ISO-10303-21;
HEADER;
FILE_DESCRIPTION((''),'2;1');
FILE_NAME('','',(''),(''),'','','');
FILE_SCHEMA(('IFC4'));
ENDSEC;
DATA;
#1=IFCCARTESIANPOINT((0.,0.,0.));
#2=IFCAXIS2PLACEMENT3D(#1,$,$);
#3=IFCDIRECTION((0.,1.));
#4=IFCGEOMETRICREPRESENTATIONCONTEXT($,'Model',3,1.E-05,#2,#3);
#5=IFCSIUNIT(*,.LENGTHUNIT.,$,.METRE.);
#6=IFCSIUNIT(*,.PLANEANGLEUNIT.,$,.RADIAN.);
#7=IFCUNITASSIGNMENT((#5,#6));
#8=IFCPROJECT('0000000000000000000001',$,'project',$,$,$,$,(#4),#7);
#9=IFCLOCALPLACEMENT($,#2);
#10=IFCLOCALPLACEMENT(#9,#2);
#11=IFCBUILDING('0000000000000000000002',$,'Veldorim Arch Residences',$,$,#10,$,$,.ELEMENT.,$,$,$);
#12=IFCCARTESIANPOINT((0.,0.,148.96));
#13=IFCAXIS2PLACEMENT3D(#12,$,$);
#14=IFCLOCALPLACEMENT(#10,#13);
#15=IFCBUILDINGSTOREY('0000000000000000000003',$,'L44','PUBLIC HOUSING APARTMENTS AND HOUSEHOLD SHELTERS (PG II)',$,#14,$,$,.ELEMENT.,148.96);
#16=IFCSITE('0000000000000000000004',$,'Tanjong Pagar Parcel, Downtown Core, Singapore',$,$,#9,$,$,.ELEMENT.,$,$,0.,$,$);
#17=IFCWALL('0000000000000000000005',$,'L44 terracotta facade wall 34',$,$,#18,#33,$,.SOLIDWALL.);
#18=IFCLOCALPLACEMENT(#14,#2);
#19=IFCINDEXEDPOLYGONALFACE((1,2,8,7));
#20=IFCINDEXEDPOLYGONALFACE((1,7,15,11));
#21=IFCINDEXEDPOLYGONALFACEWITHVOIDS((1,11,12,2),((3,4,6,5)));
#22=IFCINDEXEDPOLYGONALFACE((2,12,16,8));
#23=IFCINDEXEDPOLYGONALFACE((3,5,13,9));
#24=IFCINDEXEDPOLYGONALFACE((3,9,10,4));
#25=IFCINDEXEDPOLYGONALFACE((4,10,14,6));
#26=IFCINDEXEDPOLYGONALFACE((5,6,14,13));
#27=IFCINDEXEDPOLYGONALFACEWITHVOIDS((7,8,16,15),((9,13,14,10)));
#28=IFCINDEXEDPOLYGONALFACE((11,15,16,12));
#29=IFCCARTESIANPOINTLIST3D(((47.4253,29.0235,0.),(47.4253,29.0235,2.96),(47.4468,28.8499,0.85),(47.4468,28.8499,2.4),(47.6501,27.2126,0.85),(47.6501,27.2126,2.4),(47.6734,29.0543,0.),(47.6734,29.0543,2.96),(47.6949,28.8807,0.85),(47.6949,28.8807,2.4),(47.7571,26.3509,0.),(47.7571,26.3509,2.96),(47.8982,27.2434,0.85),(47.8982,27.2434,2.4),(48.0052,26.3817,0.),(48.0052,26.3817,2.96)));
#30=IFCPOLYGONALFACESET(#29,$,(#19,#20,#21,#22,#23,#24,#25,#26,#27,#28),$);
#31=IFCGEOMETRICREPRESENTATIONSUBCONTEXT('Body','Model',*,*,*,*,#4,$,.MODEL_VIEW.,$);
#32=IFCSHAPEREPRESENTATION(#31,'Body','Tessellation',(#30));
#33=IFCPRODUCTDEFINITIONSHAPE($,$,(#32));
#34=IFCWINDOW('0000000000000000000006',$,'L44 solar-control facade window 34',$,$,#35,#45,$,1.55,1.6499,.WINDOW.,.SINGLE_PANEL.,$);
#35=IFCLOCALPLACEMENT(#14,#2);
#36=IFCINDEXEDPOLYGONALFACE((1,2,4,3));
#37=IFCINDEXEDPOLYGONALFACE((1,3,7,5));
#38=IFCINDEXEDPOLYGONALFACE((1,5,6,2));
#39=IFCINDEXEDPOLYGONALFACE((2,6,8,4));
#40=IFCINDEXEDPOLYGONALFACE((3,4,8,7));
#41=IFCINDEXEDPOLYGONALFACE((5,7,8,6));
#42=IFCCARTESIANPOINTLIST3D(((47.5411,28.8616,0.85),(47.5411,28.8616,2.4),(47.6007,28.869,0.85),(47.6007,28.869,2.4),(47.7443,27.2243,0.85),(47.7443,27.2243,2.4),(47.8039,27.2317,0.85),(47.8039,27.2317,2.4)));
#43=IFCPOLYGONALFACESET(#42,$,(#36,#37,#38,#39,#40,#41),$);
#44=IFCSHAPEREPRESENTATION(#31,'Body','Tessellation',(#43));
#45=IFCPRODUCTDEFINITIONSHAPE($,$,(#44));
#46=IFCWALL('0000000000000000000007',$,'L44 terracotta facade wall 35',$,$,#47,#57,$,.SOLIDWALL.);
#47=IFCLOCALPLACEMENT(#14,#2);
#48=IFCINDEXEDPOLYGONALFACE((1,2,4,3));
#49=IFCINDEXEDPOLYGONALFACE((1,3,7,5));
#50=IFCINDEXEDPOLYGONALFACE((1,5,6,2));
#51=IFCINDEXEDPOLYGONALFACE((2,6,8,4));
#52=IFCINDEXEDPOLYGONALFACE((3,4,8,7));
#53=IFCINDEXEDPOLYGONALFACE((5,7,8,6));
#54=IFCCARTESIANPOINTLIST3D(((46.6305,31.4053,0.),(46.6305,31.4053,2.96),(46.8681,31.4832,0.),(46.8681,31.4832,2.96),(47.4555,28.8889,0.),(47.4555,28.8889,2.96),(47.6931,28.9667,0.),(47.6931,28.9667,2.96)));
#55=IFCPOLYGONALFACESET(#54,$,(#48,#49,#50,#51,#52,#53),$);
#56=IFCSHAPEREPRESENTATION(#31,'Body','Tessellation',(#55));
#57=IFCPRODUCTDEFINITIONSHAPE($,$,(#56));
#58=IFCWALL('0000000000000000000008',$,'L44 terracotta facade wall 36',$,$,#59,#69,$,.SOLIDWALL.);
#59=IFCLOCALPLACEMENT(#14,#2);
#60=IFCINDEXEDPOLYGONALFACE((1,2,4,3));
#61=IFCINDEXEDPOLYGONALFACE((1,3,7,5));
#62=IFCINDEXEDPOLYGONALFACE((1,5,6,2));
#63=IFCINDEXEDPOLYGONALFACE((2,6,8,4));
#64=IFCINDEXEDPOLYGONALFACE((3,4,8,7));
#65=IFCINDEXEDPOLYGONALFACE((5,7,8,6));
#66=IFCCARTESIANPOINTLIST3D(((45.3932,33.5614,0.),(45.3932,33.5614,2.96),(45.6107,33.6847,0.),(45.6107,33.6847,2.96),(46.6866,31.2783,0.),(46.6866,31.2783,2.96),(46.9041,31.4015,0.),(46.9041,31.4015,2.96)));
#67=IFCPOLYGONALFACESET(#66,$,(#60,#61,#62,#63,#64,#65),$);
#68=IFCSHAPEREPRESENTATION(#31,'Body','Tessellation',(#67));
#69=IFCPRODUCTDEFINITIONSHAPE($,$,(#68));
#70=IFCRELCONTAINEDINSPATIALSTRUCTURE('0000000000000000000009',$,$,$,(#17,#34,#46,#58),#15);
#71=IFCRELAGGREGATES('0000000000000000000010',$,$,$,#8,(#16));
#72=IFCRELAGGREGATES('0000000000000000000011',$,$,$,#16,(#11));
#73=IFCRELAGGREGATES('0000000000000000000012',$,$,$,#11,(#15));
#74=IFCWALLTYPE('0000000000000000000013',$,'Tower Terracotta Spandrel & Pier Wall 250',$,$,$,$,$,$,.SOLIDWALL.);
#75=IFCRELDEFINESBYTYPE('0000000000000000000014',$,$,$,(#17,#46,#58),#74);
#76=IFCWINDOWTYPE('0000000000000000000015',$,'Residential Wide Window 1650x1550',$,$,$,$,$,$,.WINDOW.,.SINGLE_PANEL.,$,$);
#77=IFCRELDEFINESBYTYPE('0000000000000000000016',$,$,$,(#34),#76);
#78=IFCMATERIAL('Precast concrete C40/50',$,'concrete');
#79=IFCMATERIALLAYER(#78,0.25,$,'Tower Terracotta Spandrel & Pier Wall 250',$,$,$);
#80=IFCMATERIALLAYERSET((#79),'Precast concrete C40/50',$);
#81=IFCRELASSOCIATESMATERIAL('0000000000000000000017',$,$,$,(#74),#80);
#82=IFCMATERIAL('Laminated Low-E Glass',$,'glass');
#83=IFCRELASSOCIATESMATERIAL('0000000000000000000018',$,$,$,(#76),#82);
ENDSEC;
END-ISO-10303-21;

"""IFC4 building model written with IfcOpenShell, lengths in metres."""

from ifc_helpers import new_model, si_unit, direction, frame, frame_2d, origin, place, context, subcontext, project, spatial, rectangle, extrude, material, layer, layer_set, type_object, element, fill, save


model = new_model("IFC4")

# Units and contexts
model_context = context("Model", 3, precision=1e-05, world=origin(), true_north=direction((0.0, 1.0)))
body_context = subcontext(model_context, "Body", "Model", "MODEL_VIEW")
ifc_project = project(units=[si_unit("LENGTHUNIT", "METRE"), si_unit("PLANEANGLEUNIT", "RADIAN")], contexts=[model_context])

# Site, building, storey
site_placement = place(None, origin())
site = spatial("IfcSite", under=ifc_project, at=site_placement, Name="Tanjong Pagar Parcel, Downtown Core, Singapore", CompositionType="ELEMENT", RefElevation=0.0)
building_placement = place(site_placement, origin())
building = spatial("IfcBuilding", under=site, at=building_placement, Name="Veldorim Arch Residences", CompositionType="ELEMENT")
storey_placement = place(building_placement, frame((0.0, 0.0, 148.96)))
storey = spatial("IfcBuildingStorey", under=building, at=storey_placement, Name="L44", Description="PUBLIC HOUSING APARTMENTS AND HOUSEHOLD SHELTERS (PG II)", CompositionType="ELEMENT", Elevation=148.96)

# Wall, opening, window
ifc_material_1 = material(Name="Precast concrete C40/50", Category="concrete")
ifc_layer_1 = layer(ifc_material_1, 0.25, Name="Tower Terracotta Spandrel & Pier Wall 250")
ifc_layer_set_1 = layer_set([ifc_layer_1], Name="Precast concrete C40/50")
wall_type_1 = type_object("IfcWallType", Name="Tower Terracotta Spandrel & Pier Wall 250", PredefinedType="SOLIDWALL", material=ifc_layer_set_1)
ifc_material_2 = material(Name="Laminated Low-E Glass", Category="glass")
window_type = type_object("IfcWindowType", Name="Residential Wide Window 1650x1550", PartitioningType="SINGLE_PANEL", PredefinedType="WINDOW", material=ifc_material_2)
wall_1_placement = place(storey_placement, frame((47.5493, 29.0391, 0.0), z_axis=(0.0, 0.0, 1.0), x_axis=(0.123198, -0.992382, 0.0)))
wall_1 = element("IfcWall", 1, at=wall_1_placement, inside=storey, type_object=wall_type_1, Name="L44 terracotta facade wall 34", PredefinedType="SOLIDWALL", context=body_context, shape_type="SweptSolid", body=[
    extrude(rectangle(XDim=2.6931, YDim=0.25, at=frame_2d((1.3467, 0.0))), origin(), (0.0, 0.0, 1.0), 2.96),
])
opening_1_placement = place(wall_1_placement, frame((0.175, 0.0, 0.8501)))
opening_1 = element("IfcOpeningElement", 2, at=opening_1_placement, cuts=wall_1, PredefinedType="OPENING", context=body_context, shape_type="SweptSolid", body=[
    extrude(rectangle(XDim=1.6499, YDim=1.55, at=frame_2d((0.825, 0.7749))), frame((0.0, 0.135, 0.0), z_axis=(0.0, -1.0, 0.0), x_axis=(1.0, 0.0, 0.0)), (0.0, 0.0, 1.0), 0.27),
])
window_1_placement = place(opening_1_placement, origin())
window_1 = element("IfcWindow", 3, at=window_1_placement, inside=storey, type_object=window_type, Name="L44 solar-control facade window 34", OverallHeight=1.55, OverallWidth=1.6499, PartitioningType="SINGLE_PANEL", PredefinedType="WINDOW", context=body_context, shape_type="SweptSolid", body=[
    extrude(rectangle(XDim=1.6499, YDim=1.55, at=frame_2d((0.825, 0.7749))), frame((0.0, 0.03, 0.0), z_axis=(0.0, -1.0, 0.0), x_axis=(1.0, 0.0, 0.0)), (0.0, 0.0, 1.0), 0.0601),
])
fill(opening_1, window_1)

# Walls
wall_2_placement = place(storey_placement, frame((46.7493, 31.4443, 0.0), z_axis=(0.0, 0.0, 1.0), x_axis=(0.311522, -0.950239, 0.0)))
element("IfcWall", 4, at=wall_2_placement, inside=storey, type_object=wall_type_1, Name="L44 terracotta facade wall 35", PredefinedType="SOLIDWALL", context=body_context, shape_type="SweptSolid", body=[
    extrude(rectangle(XDim=2.6482, YDim=0.25, at=frame_2d((1.3242, 0.0))), origin(), (0.0, 0.0, 1.0), 2.96),
])
wall_3_placement = place(storey_placement, frame((45.502, 33.623, 0.0), z_axis=(0.0, 0.0, 1.0), x_axis=(0.492909, -0.870081, 0.0)))
element("IfcWall", 5, at=wall_3_placement, inside=storey, type_object=wall_type_1, Name="L44 terracotta facade wall 36", PredefinedType="SOLIDWALL", context=body_context, shape_type="SweptSolid", body=[
    extrude(rectangle(XDim=2.624, YDim=0.25, at=frame_2d((1.312, 0.0))), origin(), (0.0, 0.0, 1.0), 2.96),
])

save(model, "model.ifc")
